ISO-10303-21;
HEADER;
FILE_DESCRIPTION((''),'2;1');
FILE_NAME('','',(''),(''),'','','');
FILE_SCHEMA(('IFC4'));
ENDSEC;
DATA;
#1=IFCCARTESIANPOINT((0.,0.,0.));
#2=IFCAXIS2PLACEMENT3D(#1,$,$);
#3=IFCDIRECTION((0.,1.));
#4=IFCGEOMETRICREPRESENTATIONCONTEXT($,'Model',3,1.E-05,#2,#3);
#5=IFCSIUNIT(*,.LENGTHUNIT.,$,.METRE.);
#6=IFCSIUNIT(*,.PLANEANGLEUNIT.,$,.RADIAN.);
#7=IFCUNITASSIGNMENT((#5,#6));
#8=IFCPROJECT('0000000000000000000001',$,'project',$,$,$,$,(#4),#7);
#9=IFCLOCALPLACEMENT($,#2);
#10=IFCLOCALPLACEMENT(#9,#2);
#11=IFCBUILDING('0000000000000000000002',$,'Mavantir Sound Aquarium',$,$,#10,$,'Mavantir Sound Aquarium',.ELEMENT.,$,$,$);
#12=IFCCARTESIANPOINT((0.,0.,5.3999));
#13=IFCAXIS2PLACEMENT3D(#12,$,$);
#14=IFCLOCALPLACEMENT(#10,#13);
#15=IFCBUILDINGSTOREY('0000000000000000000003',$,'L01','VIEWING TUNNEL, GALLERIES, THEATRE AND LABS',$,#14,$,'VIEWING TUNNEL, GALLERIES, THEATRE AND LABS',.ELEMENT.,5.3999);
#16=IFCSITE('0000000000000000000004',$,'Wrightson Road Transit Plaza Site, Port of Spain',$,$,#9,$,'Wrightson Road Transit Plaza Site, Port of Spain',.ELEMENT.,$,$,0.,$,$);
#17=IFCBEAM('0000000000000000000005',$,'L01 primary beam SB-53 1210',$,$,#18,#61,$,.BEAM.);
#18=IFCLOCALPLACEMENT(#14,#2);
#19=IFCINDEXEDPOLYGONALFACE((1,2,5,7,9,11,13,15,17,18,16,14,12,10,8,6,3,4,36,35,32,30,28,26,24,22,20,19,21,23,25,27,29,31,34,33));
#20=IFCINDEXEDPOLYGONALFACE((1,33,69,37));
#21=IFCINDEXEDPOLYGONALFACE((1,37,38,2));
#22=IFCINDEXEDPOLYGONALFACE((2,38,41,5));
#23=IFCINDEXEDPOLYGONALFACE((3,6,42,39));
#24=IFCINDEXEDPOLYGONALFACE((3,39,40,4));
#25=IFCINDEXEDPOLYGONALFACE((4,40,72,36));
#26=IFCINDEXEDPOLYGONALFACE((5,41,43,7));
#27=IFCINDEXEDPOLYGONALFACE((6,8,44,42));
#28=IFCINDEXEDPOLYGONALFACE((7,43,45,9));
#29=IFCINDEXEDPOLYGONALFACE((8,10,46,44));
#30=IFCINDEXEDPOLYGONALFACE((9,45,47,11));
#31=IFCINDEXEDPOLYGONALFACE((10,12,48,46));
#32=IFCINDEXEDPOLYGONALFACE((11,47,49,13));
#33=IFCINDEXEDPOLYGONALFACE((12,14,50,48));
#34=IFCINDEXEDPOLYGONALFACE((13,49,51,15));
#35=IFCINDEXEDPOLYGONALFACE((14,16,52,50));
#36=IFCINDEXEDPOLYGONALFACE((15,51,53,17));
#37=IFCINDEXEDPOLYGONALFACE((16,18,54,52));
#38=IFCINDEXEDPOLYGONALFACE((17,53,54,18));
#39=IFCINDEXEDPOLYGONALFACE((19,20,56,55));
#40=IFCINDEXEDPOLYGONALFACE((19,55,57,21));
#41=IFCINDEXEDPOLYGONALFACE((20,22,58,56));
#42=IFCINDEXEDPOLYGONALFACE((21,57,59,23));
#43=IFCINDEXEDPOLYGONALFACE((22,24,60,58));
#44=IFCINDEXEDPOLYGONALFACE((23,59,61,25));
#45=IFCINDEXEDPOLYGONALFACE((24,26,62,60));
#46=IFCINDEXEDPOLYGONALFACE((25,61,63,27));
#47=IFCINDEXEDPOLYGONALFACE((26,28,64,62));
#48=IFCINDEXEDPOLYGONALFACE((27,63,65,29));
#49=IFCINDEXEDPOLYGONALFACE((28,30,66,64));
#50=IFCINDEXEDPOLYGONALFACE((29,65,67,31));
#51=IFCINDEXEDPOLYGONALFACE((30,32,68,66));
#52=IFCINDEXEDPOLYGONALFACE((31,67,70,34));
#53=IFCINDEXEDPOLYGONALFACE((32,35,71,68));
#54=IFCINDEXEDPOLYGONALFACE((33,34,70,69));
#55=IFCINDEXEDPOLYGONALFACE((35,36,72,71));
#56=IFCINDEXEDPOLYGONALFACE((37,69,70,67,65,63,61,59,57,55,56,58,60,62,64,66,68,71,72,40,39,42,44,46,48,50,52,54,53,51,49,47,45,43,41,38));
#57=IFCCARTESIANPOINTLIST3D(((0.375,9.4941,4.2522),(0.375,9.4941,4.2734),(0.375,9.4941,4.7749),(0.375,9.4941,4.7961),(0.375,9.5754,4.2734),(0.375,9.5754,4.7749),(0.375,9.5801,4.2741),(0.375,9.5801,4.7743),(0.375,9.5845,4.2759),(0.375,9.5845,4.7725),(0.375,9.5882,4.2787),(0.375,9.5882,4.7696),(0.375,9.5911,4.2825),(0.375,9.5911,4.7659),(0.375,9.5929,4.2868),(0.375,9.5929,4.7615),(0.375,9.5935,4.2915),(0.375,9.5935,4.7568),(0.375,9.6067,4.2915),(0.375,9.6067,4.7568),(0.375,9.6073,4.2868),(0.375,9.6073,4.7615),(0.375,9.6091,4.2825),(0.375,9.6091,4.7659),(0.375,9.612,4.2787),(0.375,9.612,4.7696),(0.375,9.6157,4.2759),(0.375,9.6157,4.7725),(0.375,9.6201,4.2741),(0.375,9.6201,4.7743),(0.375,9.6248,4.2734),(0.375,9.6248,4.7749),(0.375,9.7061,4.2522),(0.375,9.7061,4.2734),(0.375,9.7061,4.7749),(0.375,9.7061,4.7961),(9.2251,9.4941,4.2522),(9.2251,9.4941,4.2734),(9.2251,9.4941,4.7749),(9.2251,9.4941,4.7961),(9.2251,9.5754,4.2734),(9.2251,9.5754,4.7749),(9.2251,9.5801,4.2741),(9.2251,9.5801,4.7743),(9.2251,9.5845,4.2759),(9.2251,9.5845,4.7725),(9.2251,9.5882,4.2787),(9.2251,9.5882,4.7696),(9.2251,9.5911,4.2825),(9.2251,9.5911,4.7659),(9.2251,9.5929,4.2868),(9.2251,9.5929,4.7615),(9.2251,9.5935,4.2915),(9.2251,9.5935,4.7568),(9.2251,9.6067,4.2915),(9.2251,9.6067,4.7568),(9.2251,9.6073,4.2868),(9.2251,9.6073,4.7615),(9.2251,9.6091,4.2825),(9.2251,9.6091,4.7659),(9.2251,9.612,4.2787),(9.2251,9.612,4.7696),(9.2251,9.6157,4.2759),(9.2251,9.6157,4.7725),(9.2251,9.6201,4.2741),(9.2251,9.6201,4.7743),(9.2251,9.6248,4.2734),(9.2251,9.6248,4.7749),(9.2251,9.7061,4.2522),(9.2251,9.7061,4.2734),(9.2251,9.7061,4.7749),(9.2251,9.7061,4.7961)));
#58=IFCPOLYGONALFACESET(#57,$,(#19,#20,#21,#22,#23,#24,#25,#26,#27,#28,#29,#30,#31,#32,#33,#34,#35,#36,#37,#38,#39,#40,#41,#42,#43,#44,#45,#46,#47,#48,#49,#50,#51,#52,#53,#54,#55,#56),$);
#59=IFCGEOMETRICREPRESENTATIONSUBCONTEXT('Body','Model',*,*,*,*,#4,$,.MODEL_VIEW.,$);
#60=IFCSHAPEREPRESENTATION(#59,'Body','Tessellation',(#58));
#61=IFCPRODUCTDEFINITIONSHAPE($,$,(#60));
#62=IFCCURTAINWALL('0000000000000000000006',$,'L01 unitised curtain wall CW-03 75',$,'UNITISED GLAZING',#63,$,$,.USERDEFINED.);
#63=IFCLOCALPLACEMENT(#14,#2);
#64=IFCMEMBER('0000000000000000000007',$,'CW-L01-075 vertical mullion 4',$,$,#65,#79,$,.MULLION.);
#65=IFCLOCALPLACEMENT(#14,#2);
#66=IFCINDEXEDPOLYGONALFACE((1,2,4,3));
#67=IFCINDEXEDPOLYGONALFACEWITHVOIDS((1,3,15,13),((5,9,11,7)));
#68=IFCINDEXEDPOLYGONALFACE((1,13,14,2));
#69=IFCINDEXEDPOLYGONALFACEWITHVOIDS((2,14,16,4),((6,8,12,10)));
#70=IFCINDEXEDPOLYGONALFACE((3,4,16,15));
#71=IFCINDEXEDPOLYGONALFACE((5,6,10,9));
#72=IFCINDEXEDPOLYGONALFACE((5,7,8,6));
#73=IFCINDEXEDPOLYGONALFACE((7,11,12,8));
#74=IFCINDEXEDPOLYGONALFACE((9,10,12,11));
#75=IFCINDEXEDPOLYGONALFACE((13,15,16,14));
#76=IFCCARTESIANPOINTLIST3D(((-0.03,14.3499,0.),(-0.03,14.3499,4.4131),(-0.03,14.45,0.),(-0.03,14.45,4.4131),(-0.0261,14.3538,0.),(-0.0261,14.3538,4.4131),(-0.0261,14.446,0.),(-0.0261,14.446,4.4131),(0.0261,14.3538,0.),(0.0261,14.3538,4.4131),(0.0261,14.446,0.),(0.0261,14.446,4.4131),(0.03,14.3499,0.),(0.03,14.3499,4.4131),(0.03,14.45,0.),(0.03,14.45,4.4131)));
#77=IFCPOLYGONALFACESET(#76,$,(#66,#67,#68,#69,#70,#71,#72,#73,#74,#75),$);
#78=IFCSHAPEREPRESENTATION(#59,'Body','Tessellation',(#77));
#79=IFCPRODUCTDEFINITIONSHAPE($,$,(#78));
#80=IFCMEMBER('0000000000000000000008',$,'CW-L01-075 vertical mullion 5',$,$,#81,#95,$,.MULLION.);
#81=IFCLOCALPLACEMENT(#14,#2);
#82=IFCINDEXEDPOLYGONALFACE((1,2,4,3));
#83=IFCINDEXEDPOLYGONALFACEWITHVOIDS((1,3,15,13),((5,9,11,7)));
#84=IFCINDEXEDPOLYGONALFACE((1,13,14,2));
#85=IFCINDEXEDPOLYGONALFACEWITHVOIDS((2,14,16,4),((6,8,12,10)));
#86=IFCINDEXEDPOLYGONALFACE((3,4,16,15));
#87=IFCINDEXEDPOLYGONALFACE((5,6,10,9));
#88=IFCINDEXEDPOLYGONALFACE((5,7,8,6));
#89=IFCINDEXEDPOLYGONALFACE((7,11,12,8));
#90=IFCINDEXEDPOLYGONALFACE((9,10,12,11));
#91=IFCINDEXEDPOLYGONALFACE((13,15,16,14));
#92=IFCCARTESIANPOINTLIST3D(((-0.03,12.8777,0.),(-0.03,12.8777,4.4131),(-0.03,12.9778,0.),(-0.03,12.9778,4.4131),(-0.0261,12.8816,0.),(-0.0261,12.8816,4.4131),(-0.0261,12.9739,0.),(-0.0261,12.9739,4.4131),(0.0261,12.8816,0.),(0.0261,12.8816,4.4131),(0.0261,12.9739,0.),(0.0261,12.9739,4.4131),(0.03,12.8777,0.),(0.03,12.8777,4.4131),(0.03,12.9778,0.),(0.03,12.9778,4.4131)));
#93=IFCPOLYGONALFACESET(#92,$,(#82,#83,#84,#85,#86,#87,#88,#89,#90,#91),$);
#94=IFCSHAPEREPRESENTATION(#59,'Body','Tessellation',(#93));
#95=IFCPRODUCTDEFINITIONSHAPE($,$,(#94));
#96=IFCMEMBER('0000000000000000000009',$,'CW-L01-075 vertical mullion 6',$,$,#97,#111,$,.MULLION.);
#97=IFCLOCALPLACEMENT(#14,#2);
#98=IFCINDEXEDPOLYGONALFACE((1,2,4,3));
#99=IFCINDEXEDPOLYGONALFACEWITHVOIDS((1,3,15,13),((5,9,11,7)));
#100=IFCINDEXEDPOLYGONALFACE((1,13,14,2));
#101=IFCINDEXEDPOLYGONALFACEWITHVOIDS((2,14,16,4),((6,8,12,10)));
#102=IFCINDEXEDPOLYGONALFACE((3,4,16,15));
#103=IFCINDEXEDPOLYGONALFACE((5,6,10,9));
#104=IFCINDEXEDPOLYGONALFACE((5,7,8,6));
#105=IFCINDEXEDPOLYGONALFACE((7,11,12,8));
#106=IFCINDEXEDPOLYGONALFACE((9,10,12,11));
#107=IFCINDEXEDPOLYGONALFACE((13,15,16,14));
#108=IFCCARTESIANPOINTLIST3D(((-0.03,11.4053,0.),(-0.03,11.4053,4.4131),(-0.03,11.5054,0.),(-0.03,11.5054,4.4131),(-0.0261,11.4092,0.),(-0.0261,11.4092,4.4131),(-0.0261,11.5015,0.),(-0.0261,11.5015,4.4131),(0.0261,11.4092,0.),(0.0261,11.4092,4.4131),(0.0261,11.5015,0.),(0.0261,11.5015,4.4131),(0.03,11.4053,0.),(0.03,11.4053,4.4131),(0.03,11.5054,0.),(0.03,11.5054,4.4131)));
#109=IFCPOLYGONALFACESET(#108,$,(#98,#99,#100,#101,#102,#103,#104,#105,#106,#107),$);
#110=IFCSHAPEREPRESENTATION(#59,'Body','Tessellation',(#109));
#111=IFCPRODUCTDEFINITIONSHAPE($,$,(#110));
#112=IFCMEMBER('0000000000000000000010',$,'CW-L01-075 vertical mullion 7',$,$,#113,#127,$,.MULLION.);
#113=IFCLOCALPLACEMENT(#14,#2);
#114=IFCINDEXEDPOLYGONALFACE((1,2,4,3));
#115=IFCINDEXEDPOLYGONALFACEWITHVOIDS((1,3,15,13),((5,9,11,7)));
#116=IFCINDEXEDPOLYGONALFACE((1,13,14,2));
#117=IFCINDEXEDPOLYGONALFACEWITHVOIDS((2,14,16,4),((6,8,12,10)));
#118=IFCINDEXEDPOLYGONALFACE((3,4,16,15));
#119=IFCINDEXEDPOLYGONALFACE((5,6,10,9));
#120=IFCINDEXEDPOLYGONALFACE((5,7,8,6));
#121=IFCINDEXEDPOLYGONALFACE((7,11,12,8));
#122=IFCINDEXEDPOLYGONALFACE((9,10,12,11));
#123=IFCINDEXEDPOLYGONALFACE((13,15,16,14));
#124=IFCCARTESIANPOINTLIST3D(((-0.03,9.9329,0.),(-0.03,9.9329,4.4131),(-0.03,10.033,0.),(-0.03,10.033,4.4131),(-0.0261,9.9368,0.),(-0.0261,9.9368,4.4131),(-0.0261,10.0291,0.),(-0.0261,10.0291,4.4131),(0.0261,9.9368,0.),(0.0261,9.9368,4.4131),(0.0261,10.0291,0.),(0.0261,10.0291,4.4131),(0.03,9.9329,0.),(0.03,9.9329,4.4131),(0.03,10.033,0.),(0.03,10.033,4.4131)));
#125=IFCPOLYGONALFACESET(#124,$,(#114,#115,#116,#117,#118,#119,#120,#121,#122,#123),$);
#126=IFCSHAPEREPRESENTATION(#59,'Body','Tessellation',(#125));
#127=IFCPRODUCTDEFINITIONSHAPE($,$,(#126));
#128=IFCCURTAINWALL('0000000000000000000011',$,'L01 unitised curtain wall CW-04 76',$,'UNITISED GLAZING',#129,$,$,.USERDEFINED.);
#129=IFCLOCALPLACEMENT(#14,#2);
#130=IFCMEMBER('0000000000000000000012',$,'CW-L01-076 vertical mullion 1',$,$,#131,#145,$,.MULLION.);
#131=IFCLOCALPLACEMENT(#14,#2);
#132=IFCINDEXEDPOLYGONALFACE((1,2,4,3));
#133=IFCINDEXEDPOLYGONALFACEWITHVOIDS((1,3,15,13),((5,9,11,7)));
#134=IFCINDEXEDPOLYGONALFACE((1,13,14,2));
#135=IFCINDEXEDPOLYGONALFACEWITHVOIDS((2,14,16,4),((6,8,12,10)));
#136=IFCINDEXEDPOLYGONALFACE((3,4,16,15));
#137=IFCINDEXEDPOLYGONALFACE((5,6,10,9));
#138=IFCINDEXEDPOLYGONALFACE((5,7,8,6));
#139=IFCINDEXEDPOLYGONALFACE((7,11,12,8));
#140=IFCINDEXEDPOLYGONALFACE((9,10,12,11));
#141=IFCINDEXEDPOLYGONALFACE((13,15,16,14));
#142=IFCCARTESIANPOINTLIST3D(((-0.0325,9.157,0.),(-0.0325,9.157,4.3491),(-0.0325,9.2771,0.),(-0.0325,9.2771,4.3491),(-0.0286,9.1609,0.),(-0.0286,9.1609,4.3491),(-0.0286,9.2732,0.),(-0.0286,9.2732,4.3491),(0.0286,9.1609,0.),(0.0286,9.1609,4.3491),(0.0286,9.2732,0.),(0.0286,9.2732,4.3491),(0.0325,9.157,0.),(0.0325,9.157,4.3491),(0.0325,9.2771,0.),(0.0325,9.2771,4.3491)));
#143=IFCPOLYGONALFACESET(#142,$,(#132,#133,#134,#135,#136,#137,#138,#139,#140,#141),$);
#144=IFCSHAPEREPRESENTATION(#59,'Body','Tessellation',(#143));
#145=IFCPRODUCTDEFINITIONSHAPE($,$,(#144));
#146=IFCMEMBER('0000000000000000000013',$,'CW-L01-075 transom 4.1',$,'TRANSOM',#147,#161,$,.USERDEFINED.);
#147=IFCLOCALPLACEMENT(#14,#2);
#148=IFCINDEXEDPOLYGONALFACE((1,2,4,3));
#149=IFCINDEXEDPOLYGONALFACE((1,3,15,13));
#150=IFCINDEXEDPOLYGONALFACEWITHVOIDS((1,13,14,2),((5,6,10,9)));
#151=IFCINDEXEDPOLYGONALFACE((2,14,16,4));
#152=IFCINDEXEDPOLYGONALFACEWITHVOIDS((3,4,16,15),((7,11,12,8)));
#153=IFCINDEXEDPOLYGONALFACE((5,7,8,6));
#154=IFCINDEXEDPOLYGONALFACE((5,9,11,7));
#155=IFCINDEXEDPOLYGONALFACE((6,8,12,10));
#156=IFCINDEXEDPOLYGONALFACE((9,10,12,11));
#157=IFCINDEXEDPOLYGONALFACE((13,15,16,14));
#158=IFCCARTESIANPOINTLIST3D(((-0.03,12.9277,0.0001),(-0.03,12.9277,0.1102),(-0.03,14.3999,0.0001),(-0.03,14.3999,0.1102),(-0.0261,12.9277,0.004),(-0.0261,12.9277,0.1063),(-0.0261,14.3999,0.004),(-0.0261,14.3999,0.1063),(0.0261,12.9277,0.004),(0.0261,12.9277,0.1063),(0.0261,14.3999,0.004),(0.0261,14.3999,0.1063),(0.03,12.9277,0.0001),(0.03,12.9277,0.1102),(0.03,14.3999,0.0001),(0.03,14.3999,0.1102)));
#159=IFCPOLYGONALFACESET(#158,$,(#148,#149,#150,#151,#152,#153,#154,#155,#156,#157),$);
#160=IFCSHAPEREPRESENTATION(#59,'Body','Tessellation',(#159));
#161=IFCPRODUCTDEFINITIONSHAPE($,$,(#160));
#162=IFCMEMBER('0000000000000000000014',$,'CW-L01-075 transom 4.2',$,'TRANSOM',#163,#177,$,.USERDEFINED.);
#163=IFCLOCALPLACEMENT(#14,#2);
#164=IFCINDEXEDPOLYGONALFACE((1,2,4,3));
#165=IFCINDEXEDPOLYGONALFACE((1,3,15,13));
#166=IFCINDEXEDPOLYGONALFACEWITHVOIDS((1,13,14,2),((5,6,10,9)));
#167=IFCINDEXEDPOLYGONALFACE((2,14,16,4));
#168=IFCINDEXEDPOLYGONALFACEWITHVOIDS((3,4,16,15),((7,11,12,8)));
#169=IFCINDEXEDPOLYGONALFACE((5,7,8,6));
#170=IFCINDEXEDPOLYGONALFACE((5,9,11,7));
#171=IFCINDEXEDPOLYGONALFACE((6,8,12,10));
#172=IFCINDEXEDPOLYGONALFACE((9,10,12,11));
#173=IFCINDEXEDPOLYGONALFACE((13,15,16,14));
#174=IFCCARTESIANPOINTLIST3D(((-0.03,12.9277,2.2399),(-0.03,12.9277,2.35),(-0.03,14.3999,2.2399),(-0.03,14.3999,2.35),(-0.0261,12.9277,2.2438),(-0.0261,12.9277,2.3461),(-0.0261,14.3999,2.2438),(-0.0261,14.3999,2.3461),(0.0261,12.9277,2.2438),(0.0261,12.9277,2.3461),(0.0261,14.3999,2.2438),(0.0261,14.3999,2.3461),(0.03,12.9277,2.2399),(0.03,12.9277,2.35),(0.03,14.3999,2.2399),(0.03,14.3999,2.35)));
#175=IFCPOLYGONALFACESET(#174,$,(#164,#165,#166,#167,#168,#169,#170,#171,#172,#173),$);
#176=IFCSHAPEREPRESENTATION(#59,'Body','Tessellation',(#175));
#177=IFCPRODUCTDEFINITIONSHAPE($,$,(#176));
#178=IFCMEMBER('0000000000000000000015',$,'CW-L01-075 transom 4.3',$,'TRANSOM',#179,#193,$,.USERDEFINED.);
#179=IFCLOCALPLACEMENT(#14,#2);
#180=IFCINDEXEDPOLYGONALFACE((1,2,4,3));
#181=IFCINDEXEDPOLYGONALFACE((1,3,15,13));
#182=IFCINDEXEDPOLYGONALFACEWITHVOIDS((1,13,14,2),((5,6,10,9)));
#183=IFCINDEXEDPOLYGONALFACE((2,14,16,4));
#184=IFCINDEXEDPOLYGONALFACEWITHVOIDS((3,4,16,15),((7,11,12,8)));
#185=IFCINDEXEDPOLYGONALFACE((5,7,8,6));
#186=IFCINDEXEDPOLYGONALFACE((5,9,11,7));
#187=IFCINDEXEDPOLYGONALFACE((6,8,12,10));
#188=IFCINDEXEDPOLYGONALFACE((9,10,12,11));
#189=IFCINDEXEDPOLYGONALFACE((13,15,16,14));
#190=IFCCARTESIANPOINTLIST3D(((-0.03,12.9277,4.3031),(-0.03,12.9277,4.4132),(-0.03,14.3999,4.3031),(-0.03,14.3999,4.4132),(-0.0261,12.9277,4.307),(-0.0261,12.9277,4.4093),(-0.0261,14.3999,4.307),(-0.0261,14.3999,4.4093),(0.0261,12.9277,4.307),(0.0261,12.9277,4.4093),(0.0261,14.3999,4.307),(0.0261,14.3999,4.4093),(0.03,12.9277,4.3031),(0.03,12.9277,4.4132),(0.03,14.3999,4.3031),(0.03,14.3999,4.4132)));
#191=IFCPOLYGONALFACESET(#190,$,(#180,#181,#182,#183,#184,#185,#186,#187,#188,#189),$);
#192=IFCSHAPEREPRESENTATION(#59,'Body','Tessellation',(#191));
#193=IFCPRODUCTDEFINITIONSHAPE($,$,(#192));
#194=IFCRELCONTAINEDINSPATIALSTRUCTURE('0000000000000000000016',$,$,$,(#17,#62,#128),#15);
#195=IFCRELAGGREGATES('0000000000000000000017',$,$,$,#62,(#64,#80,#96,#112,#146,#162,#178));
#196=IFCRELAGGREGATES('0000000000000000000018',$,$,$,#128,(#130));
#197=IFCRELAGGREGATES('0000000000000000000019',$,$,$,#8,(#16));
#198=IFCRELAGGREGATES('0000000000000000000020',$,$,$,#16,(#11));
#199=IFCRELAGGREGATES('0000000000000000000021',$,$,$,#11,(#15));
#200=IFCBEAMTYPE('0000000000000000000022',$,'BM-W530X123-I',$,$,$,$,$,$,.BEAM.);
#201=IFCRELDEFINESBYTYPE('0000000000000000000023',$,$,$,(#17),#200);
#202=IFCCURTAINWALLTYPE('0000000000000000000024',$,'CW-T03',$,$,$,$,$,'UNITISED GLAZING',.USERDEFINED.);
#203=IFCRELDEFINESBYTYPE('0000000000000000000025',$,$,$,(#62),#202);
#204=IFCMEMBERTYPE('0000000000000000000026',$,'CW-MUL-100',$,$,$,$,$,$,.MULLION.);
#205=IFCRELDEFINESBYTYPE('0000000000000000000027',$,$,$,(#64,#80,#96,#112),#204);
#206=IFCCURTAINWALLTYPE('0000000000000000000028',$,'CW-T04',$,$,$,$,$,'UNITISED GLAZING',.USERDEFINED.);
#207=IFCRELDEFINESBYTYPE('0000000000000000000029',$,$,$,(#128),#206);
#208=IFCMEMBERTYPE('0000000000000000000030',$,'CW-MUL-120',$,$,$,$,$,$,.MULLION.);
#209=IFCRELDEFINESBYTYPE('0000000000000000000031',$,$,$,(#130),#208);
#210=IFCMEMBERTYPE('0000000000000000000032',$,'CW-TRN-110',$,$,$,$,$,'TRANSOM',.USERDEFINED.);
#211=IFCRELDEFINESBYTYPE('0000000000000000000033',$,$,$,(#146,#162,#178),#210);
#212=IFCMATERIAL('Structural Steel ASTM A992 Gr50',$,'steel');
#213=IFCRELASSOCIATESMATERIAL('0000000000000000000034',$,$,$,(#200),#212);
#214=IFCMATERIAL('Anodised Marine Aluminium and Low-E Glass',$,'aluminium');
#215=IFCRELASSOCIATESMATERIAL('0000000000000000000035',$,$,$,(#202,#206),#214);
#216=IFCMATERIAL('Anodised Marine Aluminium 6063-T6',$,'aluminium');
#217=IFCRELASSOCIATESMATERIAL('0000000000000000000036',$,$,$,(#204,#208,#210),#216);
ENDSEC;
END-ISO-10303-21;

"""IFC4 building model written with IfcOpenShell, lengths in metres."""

from ifc_helpers import new_model, si_unit, direction, frame, origin, origin_2d, place, context, subcontext, project, spatial, hollow_rectangle, i_section, extrude, material, material_profile, profile_set, type_object, element, aggregate, save


model = new_model("IFC4")

# Units and contexts
model_context = context("Model", 3, precision=1e-05, world=origin(), true_north=direction((0.0, 1.0)))
body_context = subcontext(model_context, "Body", "Model", "MODEL_VIEW")
ifc_project = project(units=[si_unit("LENGTHUNIT", "METRE"), si_unit("PLANEANGLEUNIT", "RADIAN")], contexts=[model_context])

# Site, building, storey
site_placement = place(None, origin())
site = spatial("IfcSite", under=ifc_project, at=site_placement, Name="Wrightson Road Transit Plaza Site, Port of Spain", LongName="Wrightson Road Transit Plaza Site, Port of Spain", CompositionType="ELEMENT", RefElevation=0.0)
building_placement = place(site_placement, origin())
building = spatial("IfcBuilding", under=site, at=building_placement, Name="Mavantir Sound Aquarium", LongName="Mavantir Sound Aquarium", CompositionType="ELEMENT")
storey_placement = place(building_placement, frame((0.0, 0.0, 5.3999)))
storey = spatial("IfcBuildingStorey", under=building, at=storey_placement, Name="L01", Description="VIEWING TUNNEL, GALLERIES, THEATRE AND LABS", LongName="VIEWING TUNNEL, GALLERIES, THEATRE AND LABS", CompositionType="ELEMENT", Elevation=5.3999)

# Beam
ifc_material_1 = material(Name="Structural Steel ASTM A992 Gr50", Category="steel")
ifc_material_profile_1 = material_profile(ifc_material_1, i_section(OverallWidth=0.2119, OverallDepth=0.5439, WebThickness=0.0132, FlangeThickness=0.0212, FilletRadius=0.0181, at=origin_2d()), Name="W530X123")
ifc_profile_set_1 = profile_set([ifc_material_profile_1], Name="Structural Steel ASTM A992 Gr50")
beam_type_1 = type_object("IfcBeamType", Name="BM-W530X123-I", PredefinedType="BEAM", material=ifc_profile_set_1)
beam_1_placement = place(storey_placement, frame((0.375, 9.6001, 4.5242), z_axis=(1.0, 0.0, 0.0), x_axis=(0.0, 1.0, 0.0)))
element("IfcBeam", 1, at=beam_1_placement, inside=storey, type_object=beam_type_1, Name="L01 primary beam SB-53 1210", PredefinedType="BEAM", context=body_context, shape_type="SweptSolid", body=[
    extrude(i_section(OverallWidth=0.2119, OverallDepth=0.5439, WebThickness=0.0132, FlangeThickness=0.0212, FilletRadius=0.0181, at=origin_2d()), origin(), (0.0, 0.0, 1.0), 8.8501),
])

# Curtain wall, members
ifc_material_2 = material(Name="Anodised Marine Aluminium and Low-E Glass", Category="aluminium")
curtain_wall_type_1 = type_object("IfcCurtainWallType", Name="CW-T03", ElementType="UNITISED GLAZING", PredefinedType="USERDEFINED", material=ifc_material_2)
curtain_wall_1_placement = place(storey_placement, origin())
curtain_wall_1 = element("IfcCurtainWall", 2, at=curtain_wall_1_placement, inside=storey, type_object=curtain_wall_type_1, Name="L01 unitised curtain wall CW-03 75", ObjectType="UNITISED GLAZING", PredefinedType="USERDEFINED")
ifc_material_3 = material(Name="Anodised Marine Aluminium 6063-T6", Category="aluminium")
ifc_material_profile_2 = material_profile(ifc_material_3, hollow_rectangle(XDim=0.0601, YDim=0.1001, WallThickness=0.0039, at=origin_2d()), Name="ALU-MULLION-100X60")
ifc_profile_set_2 = profile_set([ifc_material_profile_2], Name="Anodised Marine Aluminium 6063-T6")
member_type_1 = type_object("IfcMemberType", Name="CW-MUL-100", PredefinedType="MULLION", material=ifc_profile_set_2)
member_1_placement = place(storey_placement, frame((0.0, 14.3999, 0.0), z_axis=(0.0, 0.0, 1.0), x_axis=(1.0, 0.0, 0.0)))
member_1 = element("IfcMember", 3, at=member_1_placement, type_object=member_type_1, Name="CW-L01-075 vertical mullion 4", PredefinedType="MULLION", context=body_context, shape_type="SweptSolid", body=[
    extrude(hollow_rectangle(XDim=0.0601, YDim=0.1001, WallThickness=0.0039, at=origin_2d()), origin(), (0.0, 0.0, 1.0), 4.4131),
])
member_2_placement = place(storey_placement, frame((0.0, 12.9277, 0.0), z_axis=(0.0, 0.0, 1.0), x_axis=(1.0, 0.0, 0.0)))
member_2 = element("IfcMember", 4, at=member_2_placement, type_object=member_type_1, Name="CW-L01-075 vertical mullion 5", PredefinedType="MULLION", context=body_context, shape_type="SweptSolid", body=[
    extrude(hollow_rectangle(XDim=0.0601, YDim=0.1001, WallThickness=0.0039, at=origin_2d()), origin(), (0.0, 0.0, 1.0), 4.4131),
])
member_3_placement = place(storey_placement, frame((0.0, 11.4553, 0.0), z_axis=(0.0, 0.0, 1.0), x_axis=(1.0, 0.0, 0.0)))
member_3 = element("IfcMember", 5, at=member_3_placement, type_object=member_type_1, Name="CW-L01-075 vertical mullion 6", PredefinedType="MULLION", context=body_context, shape_type="SweptSolid", body=[
    extrude(hollow_rectangle(XDim=0.0601, YDim=0.1001, WallThickness=0.0039, at=origin_2d()), origin(), (0.0, 0.0, 1.0), 4.4131),
])
member_4_placement = place(storey_placement, frame((0.0, 9.9829, 0.0), z_axis=(0.0, 0.0, 1.0), x_axis=(1.0, 0.0, 0.0)))
member_4 = element("IfcMember", 6, at=member_4_placement, type_object=member_type_1, Name="CW-L01-075 vertical mullion 7", PredefinedType="MULLION", context=body_context, shape_type="SweptSolid", body=[
    extrude(hollow_rectangle(XDim=0.0601, YDim=0.1001, WallThickness=0.0039, at=origin_2d()), origin(), (0.0, 0.0, 1.0), 4.4131),
])

# Curtain wall, member
curtain_wall_type_2 = type_object("IfcCurtainWallType", Name="CW-T04", ElementType="UNITISED GLAZING", PredefinedType="USERDEFINED", material=ifc_material_2)
curtain_wall_2_placement = place(storey_placement, origin())
curtain_wall_2 = element("IfcCurtainWall", 7, at=curtain_wall_2_placement, inside=storey, type_object=curtain_wall_type_2, Name="L01 unitised curtain wall CW-04 76", ObjectType="UNITISED GLAZING", PredefinedType="USERDEFINED")
ifc_material_profile_3 = material_profile(ifc_material_3, hollow_rectangle(XDim=0.0649, YDim=0.1201, WallThickness=0.0039, at=origin_2d()), Name="ALU-MULLION-120X65")
ifc_profile_set_3 = profile_set([ifc_material_profile_3], Name="Anodised Marine Aluminium 6063-T6")
member_type_2 = type_object("IfcMemberType", Name="CW-MUL-120", PredefinedType="MULLION", material=ifc_profile_set_3)
member_5_placement = place(storey_placement, frame((0.0, 9.217, 0.0), z_axis=(0.0, 0.0, 1.0), x_axis=(1.0, 0.0, 0.0)))
member_5 = element("IfcMember", 8, at=member_5_placement, type_object=member_type_2, Name="CW-L01-076 vertical mullion 1", PredefinedType="MULLION", context=body_context, shape_type="SweptSolid", body=[
    extrude(hollow_rectangle(XDim=0.0649, YDim=0.1201, WallThickness=0.0039, at=origin_2d()), origin(), (0.0, 0.0, 1.0), 4.3491),
])

# Members
ifc_material_profile_4 = material_profile(ifc_material_3, hollow_rectangle(XDim=0.0601, YDim=0.1101, WallThickness=0.0039, at=origin_2d()), Name="ALU-TRANSOM-110X60")
ifc_profile_set_4 = profile_set([ifc_material_profile_4], Name="Anodised Marine Aluminium 6063-T6")
member_type_3 = type_object("IfcMemberType", Name="CW-TRN-110", ElementType="TRANSOM", PredefinedType="USERDEFINED", material=ifc_profile_set_4)
member_6_placement = place(storey_placement, frame((0.0, 14.3999, 0.0552), z_axis=(0.0, -1.0, 0.0), x_axis=(1.0, 0.0, 0.0)))
member_6 = element("IfcMember", 9, at=member_6_placement, type_object=member_type_3, Name="CW-L01-075 transom 4.1", ObjectType="TRANSOM", PredefinedType="USERDEFINED", context=body_context, shape_type="SweptSolid", body=[
    extrude(hollow_rectangle(XDim=0.0601, YDim=0.1101, WallThickness=0.0039, at=origin_2d()), origin(), (0.0, 0.0, 1.0), 1.4722),
])
member_7_placement = place(storey_placement, frame((0.0, 14.3999, 2.2949), z_axis=(0.0, -1.0, 0.0), x_axis=(1.0, 0.0, 0.0)))
member_7 = element("IfcMember", 10, at=member_7_placement, type_object=member_type_3, Name="CW-L01-075 transom 4.2", ObjectType="TRANSOM", PredefinedType="USERDEFINED", context=body_context, shape_type="SweptSolid", body=[
    extrude(hollow_rectangle(XDim=0.0601, YDim=0.1101, WallThickness=0.0039, at=origin_2d()), origin(), (0.0, 0.0, 1.0), 1.4722),
])
member_8_placement = place(storey_placement, frame((0.0, 14.3999, 4.3582), z_axis=(0.0, -1.0, 0.0), x_axis=(1.0, 0.0, 0.0)))
member_8 = element("IfcMember", 11, at=member_8_placement, type_object=member_type_3, Name="CW-L01-075 transom 4.3", ObjectType="TRANSOM", PredefinedType="USERDEFINED", context=body_context, shape_type="SweptSolid", body=[
    extrude(hollow_rectangle(XDim=0.0601, YDim=0.1101, WallThickness=0.0039, at=origin_2d()), origin(), (0.0, 0.0, 1.0), 1.4722),
])

aggregate(curtain_wall_1, [member_1, member_2, member_3, member_4, member_6, member_7, member_8])
aggregate(curtain_wall_2, [member_5])

save(model, "model.ifc")
